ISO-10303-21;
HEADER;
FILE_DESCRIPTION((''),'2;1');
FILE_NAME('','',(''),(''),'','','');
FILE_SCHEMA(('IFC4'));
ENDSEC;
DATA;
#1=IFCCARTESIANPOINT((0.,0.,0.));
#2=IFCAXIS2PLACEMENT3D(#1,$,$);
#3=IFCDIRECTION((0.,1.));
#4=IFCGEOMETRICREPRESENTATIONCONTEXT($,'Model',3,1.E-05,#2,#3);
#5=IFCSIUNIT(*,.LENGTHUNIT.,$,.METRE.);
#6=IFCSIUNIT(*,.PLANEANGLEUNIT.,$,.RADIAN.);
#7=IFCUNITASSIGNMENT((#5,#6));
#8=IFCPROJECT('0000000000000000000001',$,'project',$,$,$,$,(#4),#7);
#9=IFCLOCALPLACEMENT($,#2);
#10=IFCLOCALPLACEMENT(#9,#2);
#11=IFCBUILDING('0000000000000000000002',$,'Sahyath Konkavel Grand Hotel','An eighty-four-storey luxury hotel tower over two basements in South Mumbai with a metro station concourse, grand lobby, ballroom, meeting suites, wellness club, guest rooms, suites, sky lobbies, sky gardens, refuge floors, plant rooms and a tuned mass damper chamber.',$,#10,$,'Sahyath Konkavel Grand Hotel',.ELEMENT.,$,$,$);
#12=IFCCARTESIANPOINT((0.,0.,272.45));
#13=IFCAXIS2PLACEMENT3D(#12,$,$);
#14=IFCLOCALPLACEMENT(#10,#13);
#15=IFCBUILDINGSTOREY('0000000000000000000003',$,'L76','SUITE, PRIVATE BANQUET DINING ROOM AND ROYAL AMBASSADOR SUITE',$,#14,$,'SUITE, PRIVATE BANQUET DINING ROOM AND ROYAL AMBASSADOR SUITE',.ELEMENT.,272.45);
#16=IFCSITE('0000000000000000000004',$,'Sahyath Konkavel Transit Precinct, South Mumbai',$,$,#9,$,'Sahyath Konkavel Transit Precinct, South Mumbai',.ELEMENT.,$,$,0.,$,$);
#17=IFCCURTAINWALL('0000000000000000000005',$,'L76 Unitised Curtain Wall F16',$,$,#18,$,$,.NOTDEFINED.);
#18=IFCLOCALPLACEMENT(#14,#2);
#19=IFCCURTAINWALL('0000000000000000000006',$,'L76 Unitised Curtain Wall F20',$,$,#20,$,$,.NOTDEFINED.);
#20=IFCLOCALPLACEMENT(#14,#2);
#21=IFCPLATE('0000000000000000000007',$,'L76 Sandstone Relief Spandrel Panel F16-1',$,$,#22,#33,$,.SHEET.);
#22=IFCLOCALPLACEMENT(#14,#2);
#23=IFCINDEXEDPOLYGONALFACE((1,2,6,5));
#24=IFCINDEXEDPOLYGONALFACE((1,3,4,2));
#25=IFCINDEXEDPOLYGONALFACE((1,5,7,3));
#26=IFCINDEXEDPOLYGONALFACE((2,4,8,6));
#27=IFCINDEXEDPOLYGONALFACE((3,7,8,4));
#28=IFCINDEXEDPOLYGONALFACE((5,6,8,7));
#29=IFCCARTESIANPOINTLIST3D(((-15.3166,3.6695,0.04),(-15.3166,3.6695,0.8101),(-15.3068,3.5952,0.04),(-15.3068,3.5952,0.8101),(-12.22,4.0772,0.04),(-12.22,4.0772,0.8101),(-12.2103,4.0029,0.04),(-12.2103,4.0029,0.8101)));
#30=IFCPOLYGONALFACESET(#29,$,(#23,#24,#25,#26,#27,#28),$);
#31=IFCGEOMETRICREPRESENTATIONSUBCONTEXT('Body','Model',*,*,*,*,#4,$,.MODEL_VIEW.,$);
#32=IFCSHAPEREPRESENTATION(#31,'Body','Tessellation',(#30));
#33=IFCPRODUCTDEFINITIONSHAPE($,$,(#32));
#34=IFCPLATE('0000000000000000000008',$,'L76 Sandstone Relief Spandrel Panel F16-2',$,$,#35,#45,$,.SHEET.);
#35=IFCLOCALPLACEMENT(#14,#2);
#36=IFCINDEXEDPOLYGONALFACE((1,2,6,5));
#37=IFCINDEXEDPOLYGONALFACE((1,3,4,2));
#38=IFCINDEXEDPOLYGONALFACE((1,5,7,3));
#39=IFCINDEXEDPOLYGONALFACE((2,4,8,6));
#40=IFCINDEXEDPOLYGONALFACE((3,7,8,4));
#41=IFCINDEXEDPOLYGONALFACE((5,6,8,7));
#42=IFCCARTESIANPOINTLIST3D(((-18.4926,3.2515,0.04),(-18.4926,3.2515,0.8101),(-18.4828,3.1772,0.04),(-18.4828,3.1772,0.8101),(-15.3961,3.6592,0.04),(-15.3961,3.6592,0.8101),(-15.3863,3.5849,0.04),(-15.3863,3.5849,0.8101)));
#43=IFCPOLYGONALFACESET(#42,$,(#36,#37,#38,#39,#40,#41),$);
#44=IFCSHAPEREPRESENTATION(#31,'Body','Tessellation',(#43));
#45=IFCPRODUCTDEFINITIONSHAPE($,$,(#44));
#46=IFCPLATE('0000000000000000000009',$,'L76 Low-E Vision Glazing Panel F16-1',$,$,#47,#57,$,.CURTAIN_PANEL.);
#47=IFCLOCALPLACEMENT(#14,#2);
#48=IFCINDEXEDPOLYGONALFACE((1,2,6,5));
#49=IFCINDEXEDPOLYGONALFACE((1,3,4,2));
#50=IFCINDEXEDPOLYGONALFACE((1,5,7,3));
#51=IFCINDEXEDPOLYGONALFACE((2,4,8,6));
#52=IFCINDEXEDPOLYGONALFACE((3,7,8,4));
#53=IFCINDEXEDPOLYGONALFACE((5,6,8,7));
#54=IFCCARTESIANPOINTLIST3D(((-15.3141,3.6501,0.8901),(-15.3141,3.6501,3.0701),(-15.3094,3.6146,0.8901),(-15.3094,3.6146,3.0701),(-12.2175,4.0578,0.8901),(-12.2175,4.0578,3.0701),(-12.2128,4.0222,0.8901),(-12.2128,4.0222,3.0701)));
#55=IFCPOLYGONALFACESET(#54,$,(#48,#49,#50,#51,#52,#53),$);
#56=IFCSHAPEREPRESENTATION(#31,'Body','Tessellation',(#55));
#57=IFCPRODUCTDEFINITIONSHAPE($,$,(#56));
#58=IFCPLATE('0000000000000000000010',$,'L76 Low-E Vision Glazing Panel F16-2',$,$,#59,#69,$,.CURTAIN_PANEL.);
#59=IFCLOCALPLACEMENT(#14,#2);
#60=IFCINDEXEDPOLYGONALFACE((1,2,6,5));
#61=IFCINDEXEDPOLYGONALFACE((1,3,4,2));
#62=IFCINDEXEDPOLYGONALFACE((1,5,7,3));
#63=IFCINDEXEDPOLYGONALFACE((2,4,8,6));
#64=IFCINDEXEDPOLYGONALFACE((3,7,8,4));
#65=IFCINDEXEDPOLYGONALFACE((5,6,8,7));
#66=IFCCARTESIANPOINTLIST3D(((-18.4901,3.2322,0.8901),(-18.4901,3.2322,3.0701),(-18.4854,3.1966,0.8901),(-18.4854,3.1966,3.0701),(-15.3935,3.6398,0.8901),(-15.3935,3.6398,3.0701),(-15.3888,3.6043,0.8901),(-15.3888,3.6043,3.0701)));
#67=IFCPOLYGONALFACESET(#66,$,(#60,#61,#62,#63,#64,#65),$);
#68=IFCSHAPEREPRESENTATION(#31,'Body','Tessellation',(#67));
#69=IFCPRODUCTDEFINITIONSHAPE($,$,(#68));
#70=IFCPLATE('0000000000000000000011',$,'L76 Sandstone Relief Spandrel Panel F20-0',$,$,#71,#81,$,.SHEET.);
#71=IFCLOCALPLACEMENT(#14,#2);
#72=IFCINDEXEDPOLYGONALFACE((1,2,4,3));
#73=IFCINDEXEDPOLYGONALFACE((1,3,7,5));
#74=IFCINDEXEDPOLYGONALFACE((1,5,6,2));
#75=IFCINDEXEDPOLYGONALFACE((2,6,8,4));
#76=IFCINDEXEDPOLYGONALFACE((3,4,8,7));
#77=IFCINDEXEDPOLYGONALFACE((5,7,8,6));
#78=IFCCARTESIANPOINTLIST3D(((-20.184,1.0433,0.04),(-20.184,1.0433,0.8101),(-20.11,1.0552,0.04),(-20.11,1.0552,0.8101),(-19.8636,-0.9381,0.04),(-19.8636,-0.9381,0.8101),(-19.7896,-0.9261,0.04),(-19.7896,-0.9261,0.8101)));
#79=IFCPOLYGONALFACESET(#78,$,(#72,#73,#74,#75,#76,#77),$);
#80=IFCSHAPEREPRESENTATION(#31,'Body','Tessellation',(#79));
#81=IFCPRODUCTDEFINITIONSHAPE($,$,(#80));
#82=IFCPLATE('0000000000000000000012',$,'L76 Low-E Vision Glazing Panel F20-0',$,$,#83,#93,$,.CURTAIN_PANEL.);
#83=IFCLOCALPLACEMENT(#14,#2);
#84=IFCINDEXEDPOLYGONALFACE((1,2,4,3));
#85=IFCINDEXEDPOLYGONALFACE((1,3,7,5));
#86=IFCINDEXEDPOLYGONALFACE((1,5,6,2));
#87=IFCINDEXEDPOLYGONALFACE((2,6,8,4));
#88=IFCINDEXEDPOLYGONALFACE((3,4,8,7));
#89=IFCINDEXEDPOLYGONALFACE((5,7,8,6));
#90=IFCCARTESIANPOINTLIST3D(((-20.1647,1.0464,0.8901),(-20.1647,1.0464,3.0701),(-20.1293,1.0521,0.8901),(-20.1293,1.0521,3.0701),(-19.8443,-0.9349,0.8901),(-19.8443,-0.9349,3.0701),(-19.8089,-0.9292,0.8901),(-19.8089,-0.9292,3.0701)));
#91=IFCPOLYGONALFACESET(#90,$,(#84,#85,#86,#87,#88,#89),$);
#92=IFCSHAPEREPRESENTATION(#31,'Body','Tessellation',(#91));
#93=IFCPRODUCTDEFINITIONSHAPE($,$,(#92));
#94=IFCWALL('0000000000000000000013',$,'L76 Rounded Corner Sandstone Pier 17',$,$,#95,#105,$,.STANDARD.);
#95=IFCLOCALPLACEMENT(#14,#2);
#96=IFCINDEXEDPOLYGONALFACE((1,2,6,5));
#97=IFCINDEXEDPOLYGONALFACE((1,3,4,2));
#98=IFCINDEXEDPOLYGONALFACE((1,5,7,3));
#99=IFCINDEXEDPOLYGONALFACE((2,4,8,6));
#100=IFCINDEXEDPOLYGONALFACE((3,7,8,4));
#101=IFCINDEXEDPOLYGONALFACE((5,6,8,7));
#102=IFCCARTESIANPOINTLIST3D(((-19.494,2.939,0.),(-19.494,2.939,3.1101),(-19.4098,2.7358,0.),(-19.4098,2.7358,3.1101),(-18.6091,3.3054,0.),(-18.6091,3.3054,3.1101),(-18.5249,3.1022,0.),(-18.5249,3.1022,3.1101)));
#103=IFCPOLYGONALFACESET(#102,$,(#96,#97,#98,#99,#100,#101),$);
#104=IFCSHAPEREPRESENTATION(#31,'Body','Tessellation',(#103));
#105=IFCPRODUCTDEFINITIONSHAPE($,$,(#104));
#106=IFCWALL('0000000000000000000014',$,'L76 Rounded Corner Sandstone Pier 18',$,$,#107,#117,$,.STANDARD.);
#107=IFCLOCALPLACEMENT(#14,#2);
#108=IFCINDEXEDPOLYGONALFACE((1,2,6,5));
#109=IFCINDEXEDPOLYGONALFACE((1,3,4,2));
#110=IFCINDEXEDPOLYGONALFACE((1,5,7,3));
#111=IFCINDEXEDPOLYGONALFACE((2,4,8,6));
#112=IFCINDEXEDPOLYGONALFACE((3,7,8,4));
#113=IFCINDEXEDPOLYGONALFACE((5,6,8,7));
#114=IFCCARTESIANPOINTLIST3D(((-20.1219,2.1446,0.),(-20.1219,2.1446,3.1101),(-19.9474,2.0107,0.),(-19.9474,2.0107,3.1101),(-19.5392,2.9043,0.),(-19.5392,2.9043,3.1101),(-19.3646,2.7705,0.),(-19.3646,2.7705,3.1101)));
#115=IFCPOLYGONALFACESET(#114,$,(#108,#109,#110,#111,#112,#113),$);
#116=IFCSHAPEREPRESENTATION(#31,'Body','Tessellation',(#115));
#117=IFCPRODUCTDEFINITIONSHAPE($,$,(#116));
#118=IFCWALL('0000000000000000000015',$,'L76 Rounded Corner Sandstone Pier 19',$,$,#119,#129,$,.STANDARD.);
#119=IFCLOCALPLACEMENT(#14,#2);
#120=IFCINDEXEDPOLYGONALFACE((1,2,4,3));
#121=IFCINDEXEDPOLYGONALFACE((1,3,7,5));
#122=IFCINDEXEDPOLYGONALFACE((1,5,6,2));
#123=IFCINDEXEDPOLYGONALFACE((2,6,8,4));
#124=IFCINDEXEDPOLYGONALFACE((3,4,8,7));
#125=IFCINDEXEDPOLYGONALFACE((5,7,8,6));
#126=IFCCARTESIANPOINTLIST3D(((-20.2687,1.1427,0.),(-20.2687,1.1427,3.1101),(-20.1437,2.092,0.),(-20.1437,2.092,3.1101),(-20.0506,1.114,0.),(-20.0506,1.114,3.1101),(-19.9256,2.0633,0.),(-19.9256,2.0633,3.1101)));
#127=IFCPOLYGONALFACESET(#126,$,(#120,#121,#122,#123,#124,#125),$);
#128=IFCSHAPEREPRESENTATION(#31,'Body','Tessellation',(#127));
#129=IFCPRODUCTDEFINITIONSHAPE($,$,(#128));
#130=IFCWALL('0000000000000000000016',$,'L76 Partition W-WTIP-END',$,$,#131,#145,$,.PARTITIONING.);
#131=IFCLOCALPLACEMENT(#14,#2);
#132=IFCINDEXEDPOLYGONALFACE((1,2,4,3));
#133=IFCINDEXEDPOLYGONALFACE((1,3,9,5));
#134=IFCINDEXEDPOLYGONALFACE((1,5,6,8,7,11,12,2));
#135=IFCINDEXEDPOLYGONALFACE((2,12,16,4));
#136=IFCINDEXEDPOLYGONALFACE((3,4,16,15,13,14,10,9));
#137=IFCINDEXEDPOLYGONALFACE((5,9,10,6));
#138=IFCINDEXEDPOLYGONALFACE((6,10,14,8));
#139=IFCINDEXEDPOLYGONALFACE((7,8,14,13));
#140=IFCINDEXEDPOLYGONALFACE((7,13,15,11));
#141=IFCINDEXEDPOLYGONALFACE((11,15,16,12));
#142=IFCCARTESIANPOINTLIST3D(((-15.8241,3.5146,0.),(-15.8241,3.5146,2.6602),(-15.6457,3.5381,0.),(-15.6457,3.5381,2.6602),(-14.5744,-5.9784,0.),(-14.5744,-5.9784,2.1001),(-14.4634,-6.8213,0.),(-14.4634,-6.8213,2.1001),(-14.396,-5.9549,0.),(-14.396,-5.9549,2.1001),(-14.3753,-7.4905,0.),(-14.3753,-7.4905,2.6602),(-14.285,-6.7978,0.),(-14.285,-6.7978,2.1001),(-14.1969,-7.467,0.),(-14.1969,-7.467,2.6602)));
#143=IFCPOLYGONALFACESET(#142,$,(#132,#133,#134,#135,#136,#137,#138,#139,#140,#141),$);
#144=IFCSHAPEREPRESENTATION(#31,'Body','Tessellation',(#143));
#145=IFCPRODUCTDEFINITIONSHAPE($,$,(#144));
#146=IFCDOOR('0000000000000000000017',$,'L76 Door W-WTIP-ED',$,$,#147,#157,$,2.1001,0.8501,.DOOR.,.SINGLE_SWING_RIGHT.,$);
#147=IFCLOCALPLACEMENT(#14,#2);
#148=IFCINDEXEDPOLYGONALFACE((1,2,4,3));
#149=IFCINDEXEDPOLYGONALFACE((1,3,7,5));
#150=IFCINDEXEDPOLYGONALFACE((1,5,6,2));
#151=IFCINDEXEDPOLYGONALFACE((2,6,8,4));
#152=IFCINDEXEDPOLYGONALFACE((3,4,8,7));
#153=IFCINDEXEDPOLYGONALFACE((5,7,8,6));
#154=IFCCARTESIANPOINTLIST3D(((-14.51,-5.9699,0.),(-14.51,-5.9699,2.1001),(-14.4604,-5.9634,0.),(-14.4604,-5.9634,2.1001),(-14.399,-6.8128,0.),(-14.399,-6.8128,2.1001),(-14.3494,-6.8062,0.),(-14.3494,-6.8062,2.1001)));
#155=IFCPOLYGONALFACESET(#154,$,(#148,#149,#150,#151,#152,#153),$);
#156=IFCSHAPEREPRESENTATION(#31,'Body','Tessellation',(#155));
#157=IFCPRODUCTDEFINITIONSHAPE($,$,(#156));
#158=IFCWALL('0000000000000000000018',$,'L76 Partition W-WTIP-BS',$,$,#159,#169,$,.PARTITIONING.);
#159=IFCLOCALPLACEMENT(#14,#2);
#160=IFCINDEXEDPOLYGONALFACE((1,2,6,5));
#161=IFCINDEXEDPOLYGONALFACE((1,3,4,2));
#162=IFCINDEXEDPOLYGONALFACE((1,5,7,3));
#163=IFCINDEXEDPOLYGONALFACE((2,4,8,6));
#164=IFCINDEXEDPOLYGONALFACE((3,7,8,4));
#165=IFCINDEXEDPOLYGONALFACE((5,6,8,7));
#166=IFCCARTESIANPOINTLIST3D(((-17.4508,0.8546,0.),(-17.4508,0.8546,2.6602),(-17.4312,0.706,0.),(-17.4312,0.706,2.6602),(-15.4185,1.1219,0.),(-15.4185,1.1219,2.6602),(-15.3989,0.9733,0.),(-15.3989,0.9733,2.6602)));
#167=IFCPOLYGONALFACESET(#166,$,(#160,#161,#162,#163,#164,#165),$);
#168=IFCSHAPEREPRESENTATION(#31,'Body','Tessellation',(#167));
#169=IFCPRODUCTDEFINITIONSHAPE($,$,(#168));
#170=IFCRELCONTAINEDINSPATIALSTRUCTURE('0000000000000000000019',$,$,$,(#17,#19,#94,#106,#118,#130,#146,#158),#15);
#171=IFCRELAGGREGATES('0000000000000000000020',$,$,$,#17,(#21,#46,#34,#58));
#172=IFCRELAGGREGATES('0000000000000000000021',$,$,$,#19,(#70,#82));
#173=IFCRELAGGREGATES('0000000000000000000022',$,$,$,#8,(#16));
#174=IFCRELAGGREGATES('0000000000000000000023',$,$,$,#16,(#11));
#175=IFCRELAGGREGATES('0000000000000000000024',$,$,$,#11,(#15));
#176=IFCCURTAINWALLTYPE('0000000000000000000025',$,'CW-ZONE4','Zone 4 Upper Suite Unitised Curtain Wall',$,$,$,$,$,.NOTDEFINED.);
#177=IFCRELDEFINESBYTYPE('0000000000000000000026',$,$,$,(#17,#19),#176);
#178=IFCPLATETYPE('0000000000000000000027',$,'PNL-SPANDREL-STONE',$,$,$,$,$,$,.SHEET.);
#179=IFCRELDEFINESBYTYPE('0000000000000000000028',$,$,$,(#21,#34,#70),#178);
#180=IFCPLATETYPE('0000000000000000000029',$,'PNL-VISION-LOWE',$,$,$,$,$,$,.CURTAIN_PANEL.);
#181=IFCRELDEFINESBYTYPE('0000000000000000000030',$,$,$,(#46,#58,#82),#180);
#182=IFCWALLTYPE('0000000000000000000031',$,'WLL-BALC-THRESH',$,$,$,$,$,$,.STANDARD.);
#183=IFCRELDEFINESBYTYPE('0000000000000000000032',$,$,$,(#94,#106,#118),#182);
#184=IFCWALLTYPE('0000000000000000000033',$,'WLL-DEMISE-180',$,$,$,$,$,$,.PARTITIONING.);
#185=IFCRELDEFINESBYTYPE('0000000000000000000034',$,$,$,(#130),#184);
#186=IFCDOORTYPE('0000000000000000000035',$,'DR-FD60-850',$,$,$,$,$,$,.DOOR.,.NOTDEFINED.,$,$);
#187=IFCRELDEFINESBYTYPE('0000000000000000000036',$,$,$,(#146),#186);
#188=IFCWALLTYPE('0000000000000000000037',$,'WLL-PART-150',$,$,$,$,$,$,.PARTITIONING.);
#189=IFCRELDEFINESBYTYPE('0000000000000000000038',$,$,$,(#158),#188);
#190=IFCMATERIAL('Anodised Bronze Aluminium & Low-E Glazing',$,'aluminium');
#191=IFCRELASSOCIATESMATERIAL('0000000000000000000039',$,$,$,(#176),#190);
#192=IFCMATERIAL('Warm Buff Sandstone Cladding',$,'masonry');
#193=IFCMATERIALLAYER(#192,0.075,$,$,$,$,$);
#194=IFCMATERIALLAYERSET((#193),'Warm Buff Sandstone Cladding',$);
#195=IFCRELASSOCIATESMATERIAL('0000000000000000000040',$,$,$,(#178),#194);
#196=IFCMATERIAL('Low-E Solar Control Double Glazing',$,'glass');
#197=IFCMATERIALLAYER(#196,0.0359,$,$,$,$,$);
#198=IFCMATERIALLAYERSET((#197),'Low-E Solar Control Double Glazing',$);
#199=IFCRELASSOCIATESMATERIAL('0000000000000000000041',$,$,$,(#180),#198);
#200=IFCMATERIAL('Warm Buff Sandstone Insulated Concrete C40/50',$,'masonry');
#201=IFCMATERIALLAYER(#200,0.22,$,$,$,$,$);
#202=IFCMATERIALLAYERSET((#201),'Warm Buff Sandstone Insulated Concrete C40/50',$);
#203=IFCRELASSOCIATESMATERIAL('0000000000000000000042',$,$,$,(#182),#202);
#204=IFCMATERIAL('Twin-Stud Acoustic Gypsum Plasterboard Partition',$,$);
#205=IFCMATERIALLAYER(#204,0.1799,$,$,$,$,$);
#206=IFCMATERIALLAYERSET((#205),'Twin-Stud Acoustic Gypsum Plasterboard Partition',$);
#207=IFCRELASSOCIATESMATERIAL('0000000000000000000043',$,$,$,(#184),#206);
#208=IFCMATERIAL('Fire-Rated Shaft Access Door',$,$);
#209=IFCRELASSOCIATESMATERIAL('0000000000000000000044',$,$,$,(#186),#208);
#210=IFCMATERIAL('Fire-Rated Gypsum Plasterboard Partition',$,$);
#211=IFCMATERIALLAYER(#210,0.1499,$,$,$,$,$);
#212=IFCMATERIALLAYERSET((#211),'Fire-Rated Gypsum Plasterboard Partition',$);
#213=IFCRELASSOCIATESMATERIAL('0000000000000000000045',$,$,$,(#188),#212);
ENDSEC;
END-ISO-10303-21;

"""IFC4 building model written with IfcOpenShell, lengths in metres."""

from ifc_helpers import new_model, si_unit, direction, frame, frame_2d, origin, origin_2d, place, context, subcontext, project, spatial, rectangle, extrude, source, transform, mapped, material, layer, layer_set, type_object, element, fill, aggregate, save


model = new_model("IFC4")

# Units and contexts
model_context = context("Model", 3, precision=1e-05, world=origin(), true_north=direction((0.0, 1.0)))
body_context = subcontext(model_context, "Body", "Model", "MODEL_VIEW")
ifc_project = project(units=[si_unit("LENGTHUNIT", "METRE"), si_unit("PLANEANGLEUNIT", "RADIAN")], contexts=[model_context])

# Site, building, storey
site_placement = place(None, origin())
site = spatial("IfcSite", under=ifc_project, at=site_placement, Name="Sahyath Konkavel Transit Precinct, South Mumbai", LongName="Sahyath Konkavel Transit Precinct, South Mumbai", CompositionType="ELEMENT", RefElevation=0.0)
building_placement = place(site_placement, origin())
building = spatial("IfcBuilding", under=site, at=building_placement, Name="Sahyath Konkavel Grand Hotel", Description="An eighty-four-storey luxury hotel tower over two basements in South Mumbai with a metro station concourse, grand lobby, ballroom, meeting suites, wellness club, guest rooms, suites, sky lobbies, sky gardens, refuge floors, plant rooms and a tuned mass damper chamber.", LongName="Sahyath Konkavel Grand Hotel", CompositionType="ELEMENT")
storey_placement = place(building_placement, frame((0.0, 0.0, 272.45)))
storey = spatial("IfcBuildingStorey", under=building, at=storey_placement, Name="L76", Description="SUITE, PRIVATE BANQUET DINING ROOM AND ROYAL AMBASSADOR SUITE", LongName="SUITE, PRIVATE BANQUET DINING ROOM AND ROYAL AMBASSADOR SUITE", CompositionType="ELEMENT", Elevation=272.45)

# Curtain wall
ifc_material_1 = material(Name="Anodised Bronze Aluminium & Low-E Glazing", Category="aluminium")
curtain_wall_type = type_object("IfcCurtainWallType", Name="CW-ZONE4", Description="Zone 4 Upper Suite Unitised Curtain Wall", PredefinedType="NOTDEFINED", material=ifc_material_1)
curtain_wall_1_placement = place(storey_placement, origin())
curtain_wall_1 = element("IfcCurtainWall", 1, at=curtain_wall_1_placement, inside=storey, type_object=curtain_wall_type, Name="L76 Unitised Curtain Wall F16", PredefinedType="NOTDEFINED")

# Curtain wall
curtain_wall_2_placement = place(storey_placement, origin())
curtain_wall_2 = element("IfcCurtainWall", 2, at=curtain_wall_2_placement, inside=storey, type_object=curtain_wall_type, Name="L76 Unitised Curtain Wall F20", PredefinedType="NOTDEFINED")

# Plates
ifc_material_2 = material(Name="Warm Buff Sandstone Cladding", Category="masonry")
ifc_layer_1 = layer(ifc_material_2, 0.075)
ifc_layer_set_1 = layer_set([ifc_layer_1], Name="Warm Buff Sandstone Cladding")
plate_type_1 = type_object("IfcPlateType", Name="PNL-SPANDREL-STONE", PredefinedType="SHEET", material=ifc_layer_set_1)
shared_shape_1 = source(origin(), body_context, "Body", "SweptSolid", [
    extrude(rectangle(XDim=3.1233, YDim=0.075, at=origin_2d()), origin(), (0.0, 0.0, 1.0), 0.77),
])
plate_1_placement = place(storey_placement, frame((-13.7634, 3.8362, 0.04), z_axis=(0.0, 0.0, 1.0), x_axis=(-0.991445, -0.130526, 0.0)))
plate_1 = element("IfcPlate", 3, at=plate_1_placement, type_object=plate_type_1, Name="L76 Sandstone Relief Spandrel Panel F16-1", PredefinedType="SHEET", context=body_context, shape_type="MappedRepresentation", body=[
    mapped(shared_shape_1, transform((0.0, 0.0, 0.0), scale=1.0)),
])
plate_2_placement = place(storey_placement, frame((-16.9395, 3.4182, 0.04), z_axis=(0.0, 0.0, 1.0), x_axis=(-0.991445, -0.130526, 0.0)))
plate_2 = element("IfcPlate", 4, at=plate_2_placement, type_object=plate_type_1, Name="L76 Sandstone Relief Spandrel Panel F16-2", PredefinedType="SHEET", context=body_context, shape_type="MappedRepresentation", body=[
    mapped(shared_shape_1, transform((0.0, 0.0, 0.0), scale=1.0)),
])
ifc_material_3 = material(Name="Low-E Solar Control Double Glazing", Category="glass")
ifc_layer_2 = layer(ifc_material_3, 0.0359)
ifc_layer_set_2 = layer_set([ifc_layer_2], Name="Low-E Solar Control Double Glazing")
plate_type_2 = type_object("IfcPlateType", Name="PNL-VISION-LOWE", PredefinedType="CURTAIN_PANEL", material=ifc_layer_set_2)
shared_shape_2 = source(origin(), body_context, "Body", "SweptSolid", [
    extrude(rectangle(XDim=3.1233, YDim=0.0359, at=origin_2d()), origin(), (0.0, 0.0, 1.0), 2.1799),
])
plate_3_placement = place(storey_placement, frame((-13.7634, 3.8362, 0.8901), z_axis=(0.0, 0.0, 1.0), x_axis=(-0.991445, -0.130526, 0.0)))
plate_3 = element("IfcPlate", 5, at=plate_3_placement, type_object=plate_type_2, Name="L76 Low-E Vision Glazing Panel F16-1", PredefinedType="CURTAIN_PANEL", context=body_context, shape_type="MappedRepresentation", body=[
    mapped(shared_shape_2, transform((0.0, 0.0, 0.0), scale=1.0)),
])
plate_4_placement = place(storey_placement, frame((-16.9395, 3.4182, 0.8901), z_axis=(0.0, 0.0, 1.0), x_axis=(-0.991445, -0.130526, 0.0)))
plate_4 = element("IfcPlate", 6, at=plate_4_placement, type_object=plate_type_2, Name="L76 Low-E Vision Glazing Panel F16-2", PredefinedType="CURTAIN_PANEL", context=body_context, shape_type="MappedRepresentation", body=[
    mapped(shared_shape_2, transform((0.0, 0.0, 0.0), scale=1.0)),
])
aggregate(curtain_wall_1, [plate_1, plate_3, plate_2, plate_4])
shared_shape_3 = source(origin(), body_context, "Body", "SweptSolid", [
    extrude(rectangle(XDim=2.0071, YDim=0.075, at=origin_2d()), origin(), (0.0, 0.0, 1.0), 0.77),
])
plate_5_placement = place(storey_placement, frame((-19.9868, 0.0586, 0.04), z_axis=(0.0, 0.0, 1.0), x_axis=(0.159623, -0.987178, 0.0)))
plate_5 = element("IfcPlate", 7, at=plate_5_placement, type_object=plate_type_1, Name="L76 Sandstone Relief Spandrel Panel F20-0", PredefinedType="SHEET", context=body_context, shape_type="MappedRepresentation", body=[
    mapped(shared_shape_3, transform((0.0, 0.0, 0.0), scale=1.0)),
])
shared_shape_4 = source(origin(), body_context, "Body", "SweptSolid", [
    extrude(rectangle(XDim=2.0071, YDim=0.0359, at=origin_2d()), origin(), (0.0, 0.0, 1.0), 2.1799),
])
plate_6_placement = place(storey_placement, frame((-19.9868, 0.0586, 0.8901), z_axis=(0.0, 0.0, 1.0), x_axis=(0.159623, -0.987178, 0.0)))
plate_6 = element("IfcPlate", 8, at=plate_6_placement, type_object=plate_type_2, Name="L76 Low-E Vision Glazing Panel F20-0", PredefinedType="CURTAIN_PANEL", context=body_context, shape_type="MappedRepresentation", body=[
    mapped(shared_shape_4, transform((0.0, 0.0, 0.0), scale=1.0)),
])
aggregate(curtain_wall_2, [plate_5, plate_6])

# Walls
ifc_material_4 = material(Name="Warm Buff Sandstone Insulated Concrete C40/50", Category="masonry")
ifc_layer_3 = layer(ifc_material_4, 0.22)
ifc_layer_set_3 = layer_set([ifc_layer_3], Name="Warm Buff Sandstone Insulated Concrete C40/50")
wall_type_1 = type_object("IfcWallType", Name="WLL-BALC-THRESH", PredefinedType="STANDARD", material=ifc_layer_set_3)
wall_1_placement = place(storey_placement, frame((-18.5669, 3.2039, 0.0), z_axis=(0.0, 0.0, 1.0), x_axis=(-0.923927, -0.382569, 0.0)))
element("IfcWall", 9, at=wall_1_placement, inside=storey, type_object=wall_type_1, Name="L76 Rounded Corner Sandstone Pier 17", PredefinedType="STANDARD", context=body_context, shape_type="SweptSolid", body=[
    extrude(rectangle(XDim=0.9578, YDim=0.22, at=frame_2d((0.479, 0.0))), origin(), (0.0, 0.0, 1.0), 3.1101),
])
for number, where, z_axis, x_axis, name in (
    (10, (-19.4519, 2.8374, 0.0), (0.0, 0.0, 1.0), (-0.608614, -0.793467, 0.0), "L76 Rounded Corner Sandstone Pier 18"),
    (11, (-20.0347, 2.0776, 0.0), (0.0, 0.0, 1.0), (-0.13056, -0.99144, 0.0), "L76 Rounded Corner Sandstone Pier 19"),
):
    element("IfcWall", number, at=place(storey_placement, frame(where, z_axis=z_axis, x_axis=x_axis)), inside=storey, type_object=wall_type_1, Name=name, PredefinedType="STANDARD", context=body_context, shape_type="SweptSolid", body=[
        extrude(rectangle(XDim=0.9575, YDim=0.22, at=frame_2d((0.4788, 0.0))), origin(), (0.0, 0.0, 1.0), 3.1101),
    ])

# Wall, opening, door
ifc_material_5 = material(Name="Twin-Stud Acoustic Gypsum Plasterboard Partition")
ifc_layer_4 = layer(ifc_material_5, 0.1799)
ifc_layer_set_4 = layer_set([ifc_layer_4], Name="Twin-Stud Acoustic Gypsum Plasterboard Partition")
wall_type_2 = type_object("IfcWallType", Name="WLL-DEMISE-180", PredefinedType="PARTITIONING", material=ifc_layer_set_4)
wall_2_placement = place(storey_placement, frame((-15.7349, 3.5264, 0.0), z_axis=(0.0, 0.0, 1.0), x_axis=(0.130515, -0.991446, 0.0)))
wall_2 = element("IfcWall", 12, at=wall_2_placement, inside=storey, type_object=wall_type_2, Name="L76 Partition W-WTIP-END", PredefinedType="PARTITIONING", context=body_context, shape_type="SweptSolid", body=[
    extrude(rectangle(XDim=11.1001, YDim=0.1799, at=frame_2d((5.55, 0.0))), origin(), (0.0, 0.0, 1.0), 2.6602),
])
opening_1_placement = place(wall_2_placement, frame((9.575, 0.0, 0.0)))
opening_1 = element("IfcOpeningElement", 13, at=opening_1_placement, cuts=wall_2, PredefinedType="OPENING", context=body_context, shape_type="SweptSolid", body=[
    extrude(rectangle(XDim=0.8501, YDim=2.1001, at=frame_2d((0.425, 1.05))), frame((0.0, 0.1001, 0.0), z_axis=(0.0, -1.0, 0.0), x_axis=(1.0, 0.0, 0.0)), (0.0, 0.0, 1.0), 0.2),
])
ifc_material_6 = material(Name="Fire-Rated Shaft Access Door")
door_type_1 = type_object("IfcDoorType", Name="DR-FD60-850", OperationType="NOTDEFINED", PredefinedType="DOOR", material=ifc_material_6)
shared_shape_5 = source(origin(), body_context, "Body", "SweptSolid", [
    extrude(rectangle(XDim=0.8501, YDim=0.05, at=origin_2d()), origin(), (0.0, 0.0, 1.0), 2.1001),
])
door_1_placement = place(opening_1_placement, frame((0.425, 0.0, 0.0)))
door_1 = element("IfcDoor", 14, at=door_1_placement, inside=storey, type_object=door_type_1, Name="L76 Door W-WTIP-ED", OperationType="SINGLE_SWING_RIGHT", OverallHeight=2.1001, OverallWidth=0.8501, PredefinedType="DOOR", context=body_context, shape_type="MappedRepresentation", body=[
    mapped(shared_shape_5, transform((0.0, 0.0, 0.0), scale=1.0)),
])
fill(opening_1, door_1)

# Wall
ifc_material_7 = material(Name="Fire-Rated Gypsum Plasterboard Partition")
ifc_layer_5 = layer(ifc_material_7, 0.1499)
ifc_layer_set_5 = layer_set([ifc_layer_5], Name="Fire-Rated Gypsum Plasterboard Partition")
wall_type_3 = type_object("IfcWallType", Name="WLL-PART-150", PredefinedType="PARTITIONING", material=ifc_layer_set_5)
wall_3_placement = place(storey_placement, frame((-15.4087, 1.0476, 0.0), z_axis=(0.0, 0.0, 1.0), x_axis=(-0.991458, -0.130424, 0.0)))
element("IfcWall", 15, at=wall_3_placement, inside=storey, type_object=wall_type_3, Name="L76 Partition W-WTIP-BS", PredefinedType="PARTITIONING", context=body_context, shape_type="SweptSolid", body=[
    extrude(rectangle(XDim=2.0498, YDim=0.1499, at=frame_2d((1.0249, 0.0))), origin(), (0.0, 0.0, 1.0), 2.6602),
])

save(model, "model.ifc")
